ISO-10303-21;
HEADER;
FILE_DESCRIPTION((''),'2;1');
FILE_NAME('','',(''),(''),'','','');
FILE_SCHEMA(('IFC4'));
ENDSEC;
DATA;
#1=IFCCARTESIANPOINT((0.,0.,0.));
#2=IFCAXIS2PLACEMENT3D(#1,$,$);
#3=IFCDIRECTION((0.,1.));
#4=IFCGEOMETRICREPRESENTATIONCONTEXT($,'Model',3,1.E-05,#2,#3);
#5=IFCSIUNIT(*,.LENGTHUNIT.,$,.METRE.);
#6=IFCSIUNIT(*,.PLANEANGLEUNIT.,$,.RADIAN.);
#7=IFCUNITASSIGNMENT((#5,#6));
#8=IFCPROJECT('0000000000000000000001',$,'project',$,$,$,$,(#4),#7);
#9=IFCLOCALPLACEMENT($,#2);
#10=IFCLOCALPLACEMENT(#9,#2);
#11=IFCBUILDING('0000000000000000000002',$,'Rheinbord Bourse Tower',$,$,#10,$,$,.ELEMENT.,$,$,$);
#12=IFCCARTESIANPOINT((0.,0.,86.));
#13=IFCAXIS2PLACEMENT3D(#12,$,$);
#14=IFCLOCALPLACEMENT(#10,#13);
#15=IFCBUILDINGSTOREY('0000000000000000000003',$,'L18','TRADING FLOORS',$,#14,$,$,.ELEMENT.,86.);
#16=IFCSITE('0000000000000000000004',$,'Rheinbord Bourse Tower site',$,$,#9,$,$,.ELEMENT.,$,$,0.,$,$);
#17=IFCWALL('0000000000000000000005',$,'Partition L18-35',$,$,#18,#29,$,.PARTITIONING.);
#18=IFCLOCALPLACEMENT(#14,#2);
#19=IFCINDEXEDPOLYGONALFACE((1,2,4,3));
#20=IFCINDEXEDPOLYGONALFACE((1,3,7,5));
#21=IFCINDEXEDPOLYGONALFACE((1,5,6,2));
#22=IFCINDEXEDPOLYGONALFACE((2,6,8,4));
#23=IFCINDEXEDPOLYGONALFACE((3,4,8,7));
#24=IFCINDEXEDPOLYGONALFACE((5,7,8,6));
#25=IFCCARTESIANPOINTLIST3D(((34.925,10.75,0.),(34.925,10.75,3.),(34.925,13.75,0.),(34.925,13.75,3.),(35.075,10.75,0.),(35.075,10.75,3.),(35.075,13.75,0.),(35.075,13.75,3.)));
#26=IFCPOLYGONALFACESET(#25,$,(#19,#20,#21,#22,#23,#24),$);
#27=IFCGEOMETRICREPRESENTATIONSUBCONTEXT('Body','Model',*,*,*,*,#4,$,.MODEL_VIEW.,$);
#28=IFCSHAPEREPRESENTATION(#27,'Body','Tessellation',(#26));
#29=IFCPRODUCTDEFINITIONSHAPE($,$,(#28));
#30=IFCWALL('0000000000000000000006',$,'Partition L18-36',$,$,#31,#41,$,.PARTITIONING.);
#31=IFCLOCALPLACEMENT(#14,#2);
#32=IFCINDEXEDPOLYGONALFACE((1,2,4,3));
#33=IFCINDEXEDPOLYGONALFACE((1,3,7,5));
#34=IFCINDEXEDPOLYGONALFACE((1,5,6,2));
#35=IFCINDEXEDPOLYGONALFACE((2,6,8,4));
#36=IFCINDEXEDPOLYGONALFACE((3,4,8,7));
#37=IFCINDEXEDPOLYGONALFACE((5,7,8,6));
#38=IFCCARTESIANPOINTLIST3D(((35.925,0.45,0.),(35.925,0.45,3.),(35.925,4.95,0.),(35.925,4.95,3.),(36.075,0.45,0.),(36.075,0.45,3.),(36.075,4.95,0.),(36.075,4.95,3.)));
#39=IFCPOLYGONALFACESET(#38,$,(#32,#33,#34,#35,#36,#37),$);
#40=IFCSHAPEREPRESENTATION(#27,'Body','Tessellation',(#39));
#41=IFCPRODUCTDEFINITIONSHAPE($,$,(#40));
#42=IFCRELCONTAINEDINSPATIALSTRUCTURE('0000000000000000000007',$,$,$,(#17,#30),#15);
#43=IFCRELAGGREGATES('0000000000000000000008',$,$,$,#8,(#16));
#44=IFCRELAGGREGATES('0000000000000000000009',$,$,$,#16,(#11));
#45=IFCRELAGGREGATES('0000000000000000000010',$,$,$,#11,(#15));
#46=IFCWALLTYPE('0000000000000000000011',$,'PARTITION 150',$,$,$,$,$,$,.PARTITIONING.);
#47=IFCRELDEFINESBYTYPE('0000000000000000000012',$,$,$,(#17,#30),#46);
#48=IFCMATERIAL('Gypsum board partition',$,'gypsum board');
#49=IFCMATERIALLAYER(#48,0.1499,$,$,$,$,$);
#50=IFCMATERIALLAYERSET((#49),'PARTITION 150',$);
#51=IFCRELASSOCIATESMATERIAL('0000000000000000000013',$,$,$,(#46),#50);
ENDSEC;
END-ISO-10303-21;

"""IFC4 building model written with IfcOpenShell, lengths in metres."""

from ifc_helpers import new_model, si_unit, direction, frame, frame_2d, origin, place, context, subcontext, project, spatial, rectangle, extrude, material, layer, layer_set, type_object, element, save


model = new_model("IFC4")

# Units and contexts
model_context = context("Model", 3, precision=1e-05, world=origin(), true_north=direction((0.0, 1.0)))
body_context = subcontext(model_context, "Body", "Model", "MODEL_VIEW")
ifc_project = project(units=[si_unit("LENGTHUNIT", "METRE"), si_unit("PLANEANGLEUNIT", "RADIAN")], contexts=[model_context])

# Site, building, storey
site_placement = place(None, origin())
site = spatial("IfcSite", under=ifc_project, at=site_placement, Name="Rheinbord Bourse Tower site", CompositionType="ELEMENT", RefElevation=0.0)
building_placement = place(site_placement, origin())
building = spatial("IfcBuilding", under=site, at=building_placement, Name="Rheinbord Bourse Tower", CompositionType="ELEMENT")
storey_placement = place(building_placement, frame((0.0, 0.0, 86.0)))
storey = spatial("IfcBuildingStorey", under=building, at=storey_placement, Name="L18", Description="TRADING FLOORS", CompositionType="ELEMENT", Elevation=86.0)

# Walls
ifc_material_1 = material(Name="Gypsum board partition", Category="gypsum board")
ifc_layer_1 = layer(ifc_material_1, 0.1499)
ifc_layer_set_1 = layer_set([ifc_layer_1], Name="PARTITION 150")
wall_type_1 = type_object("IfcWallType", Name="PARTITION 150", PredefinedType="PARTITIONING", material=ifc_layer_set_1)
wall_1_placement = place(storey_placement, frame((35.0, 10.75, 0.0), z_axis=(0.0, 0.0, 1.0), x_axis=(0.0, 1.0, 0.0)))
element("IfcWall", 1, at=wall_1_placement, inside=storey, type_object=wall_type_1, Name="Partition L18-35", PredefinedType="PARTITIONING", context=body_context, shape_type="SweptSolid", body=[
    extrude(rectangle(XDim=3.0, YDim=0.1499, at=frame_2d((1.5, 0.0))), origin(), (0.0, 0.0, 1.0), 3.0),
])
wall_2_placement = place(storey_placement, frame((36.0, 0.45, 0.0), z_axis=(0.0, 0.0, 1.0), x_axis=(0.0, 1.0, 0.0)))
element("IfcWall", 2, at=wall_2_placement, inside=storey, type_object=wall_type_1, Name="Partition L18-36", PredefinedType="PARTITIONING", context=body_context, shape_type="SweptSolid", body=[
    extrude(rectangle(XDim=4.5, YDim=0.1499, at=frame_2d((2.25, 0.0))), origin(), (0.0, 0.0, 1.0), 3.0),
])

save(model, "model.ifc")
